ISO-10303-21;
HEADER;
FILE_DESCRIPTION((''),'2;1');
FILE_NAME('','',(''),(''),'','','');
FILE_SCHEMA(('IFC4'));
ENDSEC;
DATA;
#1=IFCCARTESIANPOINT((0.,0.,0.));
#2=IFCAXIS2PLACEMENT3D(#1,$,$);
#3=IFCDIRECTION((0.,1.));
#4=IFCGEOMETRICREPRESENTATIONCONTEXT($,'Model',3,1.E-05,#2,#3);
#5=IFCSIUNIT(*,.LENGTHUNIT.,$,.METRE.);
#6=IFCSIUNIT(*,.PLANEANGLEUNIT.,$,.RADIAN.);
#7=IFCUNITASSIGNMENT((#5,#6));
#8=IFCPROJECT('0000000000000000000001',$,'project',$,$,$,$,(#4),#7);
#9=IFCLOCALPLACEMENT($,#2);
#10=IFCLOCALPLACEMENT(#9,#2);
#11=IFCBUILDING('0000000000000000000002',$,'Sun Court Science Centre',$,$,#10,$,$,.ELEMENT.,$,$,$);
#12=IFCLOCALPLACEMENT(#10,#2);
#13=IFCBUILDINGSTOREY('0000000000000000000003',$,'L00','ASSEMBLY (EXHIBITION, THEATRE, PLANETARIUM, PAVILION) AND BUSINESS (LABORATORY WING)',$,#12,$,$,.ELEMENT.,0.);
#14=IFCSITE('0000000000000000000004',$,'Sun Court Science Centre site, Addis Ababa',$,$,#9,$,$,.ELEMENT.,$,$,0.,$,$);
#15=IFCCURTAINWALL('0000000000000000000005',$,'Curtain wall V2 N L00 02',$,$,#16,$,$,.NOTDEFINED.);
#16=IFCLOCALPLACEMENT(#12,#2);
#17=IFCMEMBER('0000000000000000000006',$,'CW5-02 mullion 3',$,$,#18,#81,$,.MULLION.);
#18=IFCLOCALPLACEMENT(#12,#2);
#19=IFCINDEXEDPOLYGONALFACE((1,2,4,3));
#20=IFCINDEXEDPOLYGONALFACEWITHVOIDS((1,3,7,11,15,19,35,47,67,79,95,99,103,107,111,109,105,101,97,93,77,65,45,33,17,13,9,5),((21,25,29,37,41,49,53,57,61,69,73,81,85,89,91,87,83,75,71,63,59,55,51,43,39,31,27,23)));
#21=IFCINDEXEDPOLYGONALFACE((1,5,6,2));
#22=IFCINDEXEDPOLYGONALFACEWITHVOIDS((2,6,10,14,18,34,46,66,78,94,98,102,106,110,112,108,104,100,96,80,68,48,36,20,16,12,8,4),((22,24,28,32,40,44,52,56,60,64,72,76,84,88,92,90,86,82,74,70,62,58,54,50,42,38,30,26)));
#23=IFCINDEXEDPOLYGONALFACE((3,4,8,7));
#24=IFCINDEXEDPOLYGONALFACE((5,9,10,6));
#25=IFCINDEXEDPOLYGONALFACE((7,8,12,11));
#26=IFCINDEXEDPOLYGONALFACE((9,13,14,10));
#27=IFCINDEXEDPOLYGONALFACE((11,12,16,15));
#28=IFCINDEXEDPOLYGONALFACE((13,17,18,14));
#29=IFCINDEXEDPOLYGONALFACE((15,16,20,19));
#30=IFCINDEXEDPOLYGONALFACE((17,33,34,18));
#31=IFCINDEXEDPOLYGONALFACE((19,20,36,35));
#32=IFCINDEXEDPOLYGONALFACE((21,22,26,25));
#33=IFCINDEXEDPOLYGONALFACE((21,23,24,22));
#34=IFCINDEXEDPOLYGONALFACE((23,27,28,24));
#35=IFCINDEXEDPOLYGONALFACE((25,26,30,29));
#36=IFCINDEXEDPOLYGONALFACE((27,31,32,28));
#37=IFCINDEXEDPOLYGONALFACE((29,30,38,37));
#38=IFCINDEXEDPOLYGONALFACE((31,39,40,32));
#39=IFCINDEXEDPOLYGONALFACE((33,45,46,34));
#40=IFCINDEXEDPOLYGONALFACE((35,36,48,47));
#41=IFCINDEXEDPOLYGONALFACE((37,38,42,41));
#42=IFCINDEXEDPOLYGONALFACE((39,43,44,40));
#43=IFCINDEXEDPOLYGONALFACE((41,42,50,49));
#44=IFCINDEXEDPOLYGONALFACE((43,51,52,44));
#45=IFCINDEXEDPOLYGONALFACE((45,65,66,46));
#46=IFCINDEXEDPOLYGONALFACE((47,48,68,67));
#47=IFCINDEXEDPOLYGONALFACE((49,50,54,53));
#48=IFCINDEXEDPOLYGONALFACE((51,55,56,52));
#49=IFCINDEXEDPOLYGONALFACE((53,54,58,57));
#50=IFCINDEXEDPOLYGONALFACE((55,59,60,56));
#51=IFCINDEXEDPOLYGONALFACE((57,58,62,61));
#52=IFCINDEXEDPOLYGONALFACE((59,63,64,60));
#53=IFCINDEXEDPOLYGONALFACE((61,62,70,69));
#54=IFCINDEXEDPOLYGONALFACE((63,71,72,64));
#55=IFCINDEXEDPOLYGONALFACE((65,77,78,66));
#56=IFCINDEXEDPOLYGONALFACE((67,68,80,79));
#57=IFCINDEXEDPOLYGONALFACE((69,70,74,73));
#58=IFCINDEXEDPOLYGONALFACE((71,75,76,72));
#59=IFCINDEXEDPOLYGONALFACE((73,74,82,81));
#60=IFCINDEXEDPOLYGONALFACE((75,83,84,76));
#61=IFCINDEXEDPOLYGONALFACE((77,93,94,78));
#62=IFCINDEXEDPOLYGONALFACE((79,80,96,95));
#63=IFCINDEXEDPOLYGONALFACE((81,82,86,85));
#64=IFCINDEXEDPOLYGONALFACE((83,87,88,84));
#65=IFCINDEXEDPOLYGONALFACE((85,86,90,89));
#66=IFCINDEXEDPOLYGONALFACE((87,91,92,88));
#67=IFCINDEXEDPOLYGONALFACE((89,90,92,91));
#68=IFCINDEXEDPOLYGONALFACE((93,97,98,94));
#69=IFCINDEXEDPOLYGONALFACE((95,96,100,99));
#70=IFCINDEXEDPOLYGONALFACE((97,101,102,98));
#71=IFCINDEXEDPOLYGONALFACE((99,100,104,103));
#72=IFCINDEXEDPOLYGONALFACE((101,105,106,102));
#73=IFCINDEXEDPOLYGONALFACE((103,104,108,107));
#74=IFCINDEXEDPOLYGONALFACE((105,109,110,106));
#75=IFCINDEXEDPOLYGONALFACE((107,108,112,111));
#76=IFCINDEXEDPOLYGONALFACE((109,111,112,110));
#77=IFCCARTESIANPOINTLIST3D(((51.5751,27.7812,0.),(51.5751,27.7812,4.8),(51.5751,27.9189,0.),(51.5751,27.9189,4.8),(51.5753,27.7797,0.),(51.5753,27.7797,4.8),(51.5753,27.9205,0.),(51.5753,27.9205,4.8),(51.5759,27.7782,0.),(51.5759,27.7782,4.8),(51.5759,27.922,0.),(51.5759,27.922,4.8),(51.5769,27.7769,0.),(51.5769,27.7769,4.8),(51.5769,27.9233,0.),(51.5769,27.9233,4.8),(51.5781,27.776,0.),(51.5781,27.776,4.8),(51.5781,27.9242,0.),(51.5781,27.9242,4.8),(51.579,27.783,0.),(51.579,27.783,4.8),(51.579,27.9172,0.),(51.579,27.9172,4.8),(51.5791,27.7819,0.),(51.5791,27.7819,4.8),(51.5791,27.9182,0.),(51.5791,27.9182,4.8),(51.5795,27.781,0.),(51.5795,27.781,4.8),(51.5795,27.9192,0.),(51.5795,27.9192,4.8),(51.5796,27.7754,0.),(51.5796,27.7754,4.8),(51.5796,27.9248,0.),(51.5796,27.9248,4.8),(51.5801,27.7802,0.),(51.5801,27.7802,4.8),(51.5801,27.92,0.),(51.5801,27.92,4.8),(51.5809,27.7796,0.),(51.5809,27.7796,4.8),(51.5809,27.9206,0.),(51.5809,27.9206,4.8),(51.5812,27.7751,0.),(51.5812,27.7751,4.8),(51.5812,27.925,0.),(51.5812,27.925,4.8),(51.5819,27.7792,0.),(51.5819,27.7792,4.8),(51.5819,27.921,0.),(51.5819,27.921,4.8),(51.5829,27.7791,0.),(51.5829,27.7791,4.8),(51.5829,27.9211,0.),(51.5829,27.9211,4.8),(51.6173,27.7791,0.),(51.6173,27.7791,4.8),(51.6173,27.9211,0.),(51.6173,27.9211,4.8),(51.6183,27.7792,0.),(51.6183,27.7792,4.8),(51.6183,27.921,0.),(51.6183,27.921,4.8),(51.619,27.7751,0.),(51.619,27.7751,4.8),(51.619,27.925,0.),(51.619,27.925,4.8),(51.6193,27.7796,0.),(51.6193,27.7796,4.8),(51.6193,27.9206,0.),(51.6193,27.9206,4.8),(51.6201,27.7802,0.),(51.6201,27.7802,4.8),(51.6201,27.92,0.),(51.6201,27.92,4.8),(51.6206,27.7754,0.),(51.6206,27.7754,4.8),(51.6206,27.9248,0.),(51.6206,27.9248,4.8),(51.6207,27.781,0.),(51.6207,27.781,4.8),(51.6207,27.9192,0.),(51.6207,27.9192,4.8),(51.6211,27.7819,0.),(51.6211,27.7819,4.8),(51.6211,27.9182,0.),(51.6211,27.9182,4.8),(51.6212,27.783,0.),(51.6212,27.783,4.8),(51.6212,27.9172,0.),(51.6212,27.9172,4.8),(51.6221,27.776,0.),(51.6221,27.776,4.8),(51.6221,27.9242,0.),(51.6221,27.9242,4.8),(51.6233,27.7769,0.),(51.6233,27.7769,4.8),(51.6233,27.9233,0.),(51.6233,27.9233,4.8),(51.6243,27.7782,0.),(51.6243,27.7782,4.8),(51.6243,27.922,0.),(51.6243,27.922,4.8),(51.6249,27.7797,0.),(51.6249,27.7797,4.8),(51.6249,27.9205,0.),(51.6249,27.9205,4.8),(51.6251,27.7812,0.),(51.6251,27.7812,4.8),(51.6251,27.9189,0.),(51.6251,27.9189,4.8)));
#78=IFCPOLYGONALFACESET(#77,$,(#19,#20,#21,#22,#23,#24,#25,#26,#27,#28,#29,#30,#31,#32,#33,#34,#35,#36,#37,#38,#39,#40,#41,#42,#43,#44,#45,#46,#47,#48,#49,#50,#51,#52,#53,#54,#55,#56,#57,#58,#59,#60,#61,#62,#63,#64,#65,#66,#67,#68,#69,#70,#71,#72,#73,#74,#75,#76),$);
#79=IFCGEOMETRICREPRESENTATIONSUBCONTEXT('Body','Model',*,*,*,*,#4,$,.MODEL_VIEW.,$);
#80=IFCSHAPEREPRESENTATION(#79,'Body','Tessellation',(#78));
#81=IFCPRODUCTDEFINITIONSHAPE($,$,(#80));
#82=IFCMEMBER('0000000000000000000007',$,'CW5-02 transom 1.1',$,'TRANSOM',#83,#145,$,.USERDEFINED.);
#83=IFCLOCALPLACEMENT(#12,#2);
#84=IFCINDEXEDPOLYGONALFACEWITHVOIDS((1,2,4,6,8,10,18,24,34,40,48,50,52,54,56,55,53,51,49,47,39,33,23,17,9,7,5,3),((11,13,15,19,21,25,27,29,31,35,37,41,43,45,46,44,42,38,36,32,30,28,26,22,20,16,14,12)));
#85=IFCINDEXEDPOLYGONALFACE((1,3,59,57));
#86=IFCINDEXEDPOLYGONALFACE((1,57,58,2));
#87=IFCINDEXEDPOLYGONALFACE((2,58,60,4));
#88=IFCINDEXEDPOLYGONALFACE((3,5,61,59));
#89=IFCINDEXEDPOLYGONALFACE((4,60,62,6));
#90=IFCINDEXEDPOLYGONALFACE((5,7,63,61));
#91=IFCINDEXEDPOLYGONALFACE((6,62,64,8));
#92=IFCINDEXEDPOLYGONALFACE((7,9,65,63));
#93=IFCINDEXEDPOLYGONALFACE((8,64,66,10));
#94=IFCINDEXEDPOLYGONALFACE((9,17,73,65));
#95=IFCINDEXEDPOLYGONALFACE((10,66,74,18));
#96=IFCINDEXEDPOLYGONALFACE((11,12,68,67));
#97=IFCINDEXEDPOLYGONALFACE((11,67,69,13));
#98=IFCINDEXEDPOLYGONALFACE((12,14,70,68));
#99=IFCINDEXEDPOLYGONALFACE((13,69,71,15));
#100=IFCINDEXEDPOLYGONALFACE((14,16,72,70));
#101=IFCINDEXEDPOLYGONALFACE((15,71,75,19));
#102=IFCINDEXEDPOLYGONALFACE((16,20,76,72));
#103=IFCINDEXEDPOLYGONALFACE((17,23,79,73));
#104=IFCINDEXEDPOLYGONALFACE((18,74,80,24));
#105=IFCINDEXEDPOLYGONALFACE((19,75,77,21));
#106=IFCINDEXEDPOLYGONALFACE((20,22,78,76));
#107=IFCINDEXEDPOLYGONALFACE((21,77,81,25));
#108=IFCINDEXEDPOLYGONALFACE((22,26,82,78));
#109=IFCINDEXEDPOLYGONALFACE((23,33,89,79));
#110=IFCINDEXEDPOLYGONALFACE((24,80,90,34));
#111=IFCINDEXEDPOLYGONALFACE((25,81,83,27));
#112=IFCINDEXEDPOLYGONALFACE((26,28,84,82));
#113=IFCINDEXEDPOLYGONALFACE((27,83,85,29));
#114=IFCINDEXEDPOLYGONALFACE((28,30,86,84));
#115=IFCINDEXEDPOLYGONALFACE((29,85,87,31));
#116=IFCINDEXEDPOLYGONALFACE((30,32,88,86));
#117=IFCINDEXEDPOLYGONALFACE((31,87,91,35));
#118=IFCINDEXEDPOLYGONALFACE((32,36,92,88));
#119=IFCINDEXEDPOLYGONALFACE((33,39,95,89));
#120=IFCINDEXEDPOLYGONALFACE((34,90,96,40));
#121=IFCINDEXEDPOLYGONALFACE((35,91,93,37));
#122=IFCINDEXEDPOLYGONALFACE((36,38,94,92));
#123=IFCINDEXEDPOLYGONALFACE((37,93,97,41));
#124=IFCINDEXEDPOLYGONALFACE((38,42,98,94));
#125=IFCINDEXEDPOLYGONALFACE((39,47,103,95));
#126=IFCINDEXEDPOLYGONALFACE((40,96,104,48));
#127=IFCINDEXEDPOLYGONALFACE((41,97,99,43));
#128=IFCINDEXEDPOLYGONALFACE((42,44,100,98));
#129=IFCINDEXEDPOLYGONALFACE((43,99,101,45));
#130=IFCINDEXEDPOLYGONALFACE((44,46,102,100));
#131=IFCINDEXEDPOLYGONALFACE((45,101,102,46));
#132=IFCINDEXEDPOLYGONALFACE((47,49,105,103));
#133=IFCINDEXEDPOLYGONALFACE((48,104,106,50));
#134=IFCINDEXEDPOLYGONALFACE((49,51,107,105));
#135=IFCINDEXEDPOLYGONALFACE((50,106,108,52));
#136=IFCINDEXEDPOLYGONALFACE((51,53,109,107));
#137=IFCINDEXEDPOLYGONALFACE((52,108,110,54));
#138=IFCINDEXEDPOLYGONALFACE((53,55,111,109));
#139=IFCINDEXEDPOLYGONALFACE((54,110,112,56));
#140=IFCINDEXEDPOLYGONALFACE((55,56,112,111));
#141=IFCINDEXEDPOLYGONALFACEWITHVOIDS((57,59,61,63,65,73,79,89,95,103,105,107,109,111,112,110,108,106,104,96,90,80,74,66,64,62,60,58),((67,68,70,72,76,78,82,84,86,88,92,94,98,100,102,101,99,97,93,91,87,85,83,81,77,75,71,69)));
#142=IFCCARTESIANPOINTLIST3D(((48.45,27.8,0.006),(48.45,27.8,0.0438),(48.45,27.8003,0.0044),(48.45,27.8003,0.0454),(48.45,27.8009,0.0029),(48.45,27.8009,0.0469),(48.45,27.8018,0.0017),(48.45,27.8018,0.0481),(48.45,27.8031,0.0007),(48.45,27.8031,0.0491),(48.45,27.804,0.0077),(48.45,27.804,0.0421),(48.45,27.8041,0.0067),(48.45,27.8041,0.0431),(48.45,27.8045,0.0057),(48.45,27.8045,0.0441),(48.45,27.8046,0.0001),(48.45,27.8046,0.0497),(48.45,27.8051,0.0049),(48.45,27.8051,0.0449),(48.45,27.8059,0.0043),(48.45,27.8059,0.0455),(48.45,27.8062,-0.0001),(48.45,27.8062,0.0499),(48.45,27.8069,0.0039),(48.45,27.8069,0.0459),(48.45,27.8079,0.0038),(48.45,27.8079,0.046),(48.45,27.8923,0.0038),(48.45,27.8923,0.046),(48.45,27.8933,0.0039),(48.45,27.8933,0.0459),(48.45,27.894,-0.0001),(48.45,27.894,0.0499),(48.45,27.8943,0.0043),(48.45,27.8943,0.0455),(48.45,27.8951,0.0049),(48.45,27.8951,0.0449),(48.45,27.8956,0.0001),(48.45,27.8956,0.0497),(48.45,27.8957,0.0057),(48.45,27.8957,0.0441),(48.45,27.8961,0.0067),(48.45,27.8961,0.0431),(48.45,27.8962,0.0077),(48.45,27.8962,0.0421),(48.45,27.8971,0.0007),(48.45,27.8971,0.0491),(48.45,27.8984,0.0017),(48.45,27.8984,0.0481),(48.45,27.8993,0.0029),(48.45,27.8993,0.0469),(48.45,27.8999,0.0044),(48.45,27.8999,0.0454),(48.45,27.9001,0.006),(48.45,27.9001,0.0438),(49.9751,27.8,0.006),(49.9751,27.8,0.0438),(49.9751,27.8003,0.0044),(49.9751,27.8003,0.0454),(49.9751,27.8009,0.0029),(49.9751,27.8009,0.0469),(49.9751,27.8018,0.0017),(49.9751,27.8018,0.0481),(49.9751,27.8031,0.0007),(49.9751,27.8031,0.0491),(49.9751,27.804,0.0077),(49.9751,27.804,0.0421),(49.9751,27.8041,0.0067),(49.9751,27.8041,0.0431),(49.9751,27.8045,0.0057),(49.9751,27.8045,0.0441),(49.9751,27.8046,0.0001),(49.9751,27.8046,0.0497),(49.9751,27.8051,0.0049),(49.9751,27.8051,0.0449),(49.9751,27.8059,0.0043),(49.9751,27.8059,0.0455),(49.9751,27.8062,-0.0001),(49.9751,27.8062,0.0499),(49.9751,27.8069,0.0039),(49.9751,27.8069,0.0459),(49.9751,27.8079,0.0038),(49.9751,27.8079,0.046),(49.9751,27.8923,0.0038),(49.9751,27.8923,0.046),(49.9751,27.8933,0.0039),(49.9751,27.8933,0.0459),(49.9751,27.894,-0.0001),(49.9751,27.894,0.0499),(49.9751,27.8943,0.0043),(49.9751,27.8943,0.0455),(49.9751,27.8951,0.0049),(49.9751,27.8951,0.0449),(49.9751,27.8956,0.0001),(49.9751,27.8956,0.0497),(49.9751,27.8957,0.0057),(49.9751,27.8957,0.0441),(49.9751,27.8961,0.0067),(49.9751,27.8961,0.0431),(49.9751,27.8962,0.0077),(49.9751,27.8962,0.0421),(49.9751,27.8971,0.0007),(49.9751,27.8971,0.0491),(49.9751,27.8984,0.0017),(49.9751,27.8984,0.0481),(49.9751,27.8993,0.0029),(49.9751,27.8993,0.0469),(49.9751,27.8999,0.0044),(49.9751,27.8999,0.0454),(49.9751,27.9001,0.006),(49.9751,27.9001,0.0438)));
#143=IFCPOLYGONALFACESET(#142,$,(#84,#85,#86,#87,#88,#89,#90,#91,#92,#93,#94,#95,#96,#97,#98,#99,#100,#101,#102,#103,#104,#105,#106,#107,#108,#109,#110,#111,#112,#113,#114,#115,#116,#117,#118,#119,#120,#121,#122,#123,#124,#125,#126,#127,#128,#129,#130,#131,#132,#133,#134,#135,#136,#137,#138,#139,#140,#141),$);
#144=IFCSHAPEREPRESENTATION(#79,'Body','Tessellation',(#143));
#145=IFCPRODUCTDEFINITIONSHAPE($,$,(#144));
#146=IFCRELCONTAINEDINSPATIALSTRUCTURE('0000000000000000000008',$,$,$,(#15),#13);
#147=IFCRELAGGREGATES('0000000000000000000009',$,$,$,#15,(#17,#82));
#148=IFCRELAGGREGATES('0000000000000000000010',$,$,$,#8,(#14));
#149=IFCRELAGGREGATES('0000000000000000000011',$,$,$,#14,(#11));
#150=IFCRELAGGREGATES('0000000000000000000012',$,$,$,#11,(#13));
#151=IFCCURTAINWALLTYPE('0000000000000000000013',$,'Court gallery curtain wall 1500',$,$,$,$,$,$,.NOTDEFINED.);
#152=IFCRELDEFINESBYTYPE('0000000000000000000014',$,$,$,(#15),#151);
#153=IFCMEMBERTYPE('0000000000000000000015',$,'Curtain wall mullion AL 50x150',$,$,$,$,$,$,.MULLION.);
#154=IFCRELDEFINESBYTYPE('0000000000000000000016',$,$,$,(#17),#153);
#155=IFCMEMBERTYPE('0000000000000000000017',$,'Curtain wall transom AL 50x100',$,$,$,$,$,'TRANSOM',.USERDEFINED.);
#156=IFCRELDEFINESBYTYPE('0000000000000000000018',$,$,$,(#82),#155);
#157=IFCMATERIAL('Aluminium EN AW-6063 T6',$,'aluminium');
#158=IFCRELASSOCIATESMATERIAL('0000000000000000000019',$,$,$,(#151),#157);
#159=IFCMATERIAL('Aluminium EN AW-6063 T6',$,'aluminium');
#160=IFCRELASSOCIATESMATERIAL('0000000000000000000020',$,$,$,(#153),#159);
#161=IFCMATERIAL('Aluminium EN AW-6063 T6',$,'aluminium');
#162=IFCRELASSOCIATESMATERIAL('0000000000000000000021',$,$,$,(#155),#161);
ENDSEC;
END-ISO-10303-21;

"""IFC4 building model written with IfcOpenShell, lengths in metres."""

from ifc_helpers import new_model, si_unit, direction, frame, origin, origin_2d, place, context, subcontext, project, spatial, hollow_rectangle, extrude, material, material_profile, profile_set, type_object, element, aggregate, save


model = new_model("IFC4")

# Units and contexts
model_context = context("Model", 3, precision=1e-05, world=origin(), true_north=direction((0.0, 1.0)))
body_context = subcontext(model_context, "Body", "Model", "MODEL_VIEW")
ifc_project = project(units=[si_unit("LENGTHUNIT", "METRE"), si_unit("PLANEANGLEUNIT", "RADIAN")], contexts=[model_context])

# Site, building, storey
site_placement = place(None, origin())
site = spatial("IfcSite", under=ifc_project, at=site_placement, Name="Sun Court Science Centre site, Addis Ababa", CompositionType="ELEMENT", RefElevation=0.0)
building_placement = place(site_placement, origin())
building = spatial("IfcBuilding", under=site, at=building_placement, Name="Sun Court Science Centre", CompositionType="ELEMENT")
storey_placement = place(building_placement, origin())
storey = spatial("IfcBuildingStorey", under=building, at=storey_placement, Name="L00", Description="ASSEMBLY (EXHIBITION, THEATRE, PLANETARIUM, PAVILION) AND BUSINESS (LABORATORY WING)", CompositionType="ELEMENT", Elevation=0.0)

# Curtain wall, members
ifc_material_1 = material(Name="Aluminium EN AW-6063 T6", Category="aluminium")
curtain_wall_type = type_object("IfcCurtainWallType", Name="Court gallery curtain wall 1500", PredefinedType="NOTDEFINED", material=ifc_material_1)
curtain_wall_placement = place(storey_placement, origin())
curtain_wall = element("IfcCurtainWall", 1, at=curtain_wall_placement, inside=storey, type_object=curtain_wall_type, Name="Curtain wall V2 N L00 02", PredefinedType="NOTDEFINED")
ifc_material_2 = material(Name="Aluminium EN AW-6063 T6", Category="aluminium")
ifc_material_profile_1 = material_profile(ifc_material_2, hollow_rectangle(XDim=0.05, YDim=0.1499, WallThickness=0.0039, InnerFilletRadius=0.0039, OuterFilletRadius=0.0061, at=origin_2d()), Name="AL 50x150x4")
ifc_profile_set_1 = profile_set([ifc_material_profile_1], Name="Aluminium EN AW-6063 T6")
member_type_1 = type_object("IfcMemberType", Name="Curtain wall mullion AL 50x150", PredefinedType="MULLION", material=ifc_profile_set_1)
member_1_placement = place(storey_placement, frame((51.6001, 27.8501, 0.0), z_axis=(0.0, 0.0, 1.0), x_axis=(1.0, 0.0, 0.0)))
member_1 = element("IfcMember", 2, at=member_1_placement, type_object=member_type_1, Name="CW5-02 mullion 3", PredefinedType="MULLION", context=body_context, shape_type="SweptSolid", body=[
    extrude(hollow_rectangle(XDim=0.05, YDim=0.1499, WallThickness=0.0039, InnerFilletRadius=0.0039, OuterFilletRadius=0.0061, at=origin_2d()), origin(), (0.0, 0.0, 1.0), 4.8),
])
ifc_material_3 = material(Name="Aluminium EN AW-6063 T6", Category="aluminium")
ifc_material_profile_2 = material_profile(ifc_material_3, hollow_rectangle(XDim=0.05, YDim=0.1001, WallThickness=0.0039, InnerFilletRadius=0.0039, OuterFilletRadius=0.0061, at=origin_2d()), Name="AL 50x100x4")
ifc_profile_set_2 = profile_set([ifc_material_profile_2], Name="Aluminium EN AW-6063 T6")
member_type_2 = type_object("IfcMemberType", Name="Curtain wall transom AL 50x100", ElementType="TRANSOM", PredefinedType="USERDEFINED", material=ifc_profile_set_2)
member_2_placement = place(storey_placement, frame((48.45, 27.8501, 0.0249), z_axis=(1.0, 0.0, 0.0), x_axis=(0.0, 0.0, 1.0)))
member_2 = element("IfcMember", 3, at=member_2_placement, type_object=member_type_2, Name="CW5-02 transom 1.1", ObjectType="TRANSOM", PredefinedType="USERDEFINED", context=body_context, shape_type="SweptSolid", body=[
    extrude(hollow_rectangle(XDim=0.05, YDim=0.1001, WallThickness=0.0039, InnerFilletRadius=0.0039, OuterFilletRadius=0.0061, at=origin_2d()), origin(), (0.0, 0.0, 1.0), 1.5251),
])
aggregate(curtain_wall, [member_1, member_2])

save(model, "model.ifc")
